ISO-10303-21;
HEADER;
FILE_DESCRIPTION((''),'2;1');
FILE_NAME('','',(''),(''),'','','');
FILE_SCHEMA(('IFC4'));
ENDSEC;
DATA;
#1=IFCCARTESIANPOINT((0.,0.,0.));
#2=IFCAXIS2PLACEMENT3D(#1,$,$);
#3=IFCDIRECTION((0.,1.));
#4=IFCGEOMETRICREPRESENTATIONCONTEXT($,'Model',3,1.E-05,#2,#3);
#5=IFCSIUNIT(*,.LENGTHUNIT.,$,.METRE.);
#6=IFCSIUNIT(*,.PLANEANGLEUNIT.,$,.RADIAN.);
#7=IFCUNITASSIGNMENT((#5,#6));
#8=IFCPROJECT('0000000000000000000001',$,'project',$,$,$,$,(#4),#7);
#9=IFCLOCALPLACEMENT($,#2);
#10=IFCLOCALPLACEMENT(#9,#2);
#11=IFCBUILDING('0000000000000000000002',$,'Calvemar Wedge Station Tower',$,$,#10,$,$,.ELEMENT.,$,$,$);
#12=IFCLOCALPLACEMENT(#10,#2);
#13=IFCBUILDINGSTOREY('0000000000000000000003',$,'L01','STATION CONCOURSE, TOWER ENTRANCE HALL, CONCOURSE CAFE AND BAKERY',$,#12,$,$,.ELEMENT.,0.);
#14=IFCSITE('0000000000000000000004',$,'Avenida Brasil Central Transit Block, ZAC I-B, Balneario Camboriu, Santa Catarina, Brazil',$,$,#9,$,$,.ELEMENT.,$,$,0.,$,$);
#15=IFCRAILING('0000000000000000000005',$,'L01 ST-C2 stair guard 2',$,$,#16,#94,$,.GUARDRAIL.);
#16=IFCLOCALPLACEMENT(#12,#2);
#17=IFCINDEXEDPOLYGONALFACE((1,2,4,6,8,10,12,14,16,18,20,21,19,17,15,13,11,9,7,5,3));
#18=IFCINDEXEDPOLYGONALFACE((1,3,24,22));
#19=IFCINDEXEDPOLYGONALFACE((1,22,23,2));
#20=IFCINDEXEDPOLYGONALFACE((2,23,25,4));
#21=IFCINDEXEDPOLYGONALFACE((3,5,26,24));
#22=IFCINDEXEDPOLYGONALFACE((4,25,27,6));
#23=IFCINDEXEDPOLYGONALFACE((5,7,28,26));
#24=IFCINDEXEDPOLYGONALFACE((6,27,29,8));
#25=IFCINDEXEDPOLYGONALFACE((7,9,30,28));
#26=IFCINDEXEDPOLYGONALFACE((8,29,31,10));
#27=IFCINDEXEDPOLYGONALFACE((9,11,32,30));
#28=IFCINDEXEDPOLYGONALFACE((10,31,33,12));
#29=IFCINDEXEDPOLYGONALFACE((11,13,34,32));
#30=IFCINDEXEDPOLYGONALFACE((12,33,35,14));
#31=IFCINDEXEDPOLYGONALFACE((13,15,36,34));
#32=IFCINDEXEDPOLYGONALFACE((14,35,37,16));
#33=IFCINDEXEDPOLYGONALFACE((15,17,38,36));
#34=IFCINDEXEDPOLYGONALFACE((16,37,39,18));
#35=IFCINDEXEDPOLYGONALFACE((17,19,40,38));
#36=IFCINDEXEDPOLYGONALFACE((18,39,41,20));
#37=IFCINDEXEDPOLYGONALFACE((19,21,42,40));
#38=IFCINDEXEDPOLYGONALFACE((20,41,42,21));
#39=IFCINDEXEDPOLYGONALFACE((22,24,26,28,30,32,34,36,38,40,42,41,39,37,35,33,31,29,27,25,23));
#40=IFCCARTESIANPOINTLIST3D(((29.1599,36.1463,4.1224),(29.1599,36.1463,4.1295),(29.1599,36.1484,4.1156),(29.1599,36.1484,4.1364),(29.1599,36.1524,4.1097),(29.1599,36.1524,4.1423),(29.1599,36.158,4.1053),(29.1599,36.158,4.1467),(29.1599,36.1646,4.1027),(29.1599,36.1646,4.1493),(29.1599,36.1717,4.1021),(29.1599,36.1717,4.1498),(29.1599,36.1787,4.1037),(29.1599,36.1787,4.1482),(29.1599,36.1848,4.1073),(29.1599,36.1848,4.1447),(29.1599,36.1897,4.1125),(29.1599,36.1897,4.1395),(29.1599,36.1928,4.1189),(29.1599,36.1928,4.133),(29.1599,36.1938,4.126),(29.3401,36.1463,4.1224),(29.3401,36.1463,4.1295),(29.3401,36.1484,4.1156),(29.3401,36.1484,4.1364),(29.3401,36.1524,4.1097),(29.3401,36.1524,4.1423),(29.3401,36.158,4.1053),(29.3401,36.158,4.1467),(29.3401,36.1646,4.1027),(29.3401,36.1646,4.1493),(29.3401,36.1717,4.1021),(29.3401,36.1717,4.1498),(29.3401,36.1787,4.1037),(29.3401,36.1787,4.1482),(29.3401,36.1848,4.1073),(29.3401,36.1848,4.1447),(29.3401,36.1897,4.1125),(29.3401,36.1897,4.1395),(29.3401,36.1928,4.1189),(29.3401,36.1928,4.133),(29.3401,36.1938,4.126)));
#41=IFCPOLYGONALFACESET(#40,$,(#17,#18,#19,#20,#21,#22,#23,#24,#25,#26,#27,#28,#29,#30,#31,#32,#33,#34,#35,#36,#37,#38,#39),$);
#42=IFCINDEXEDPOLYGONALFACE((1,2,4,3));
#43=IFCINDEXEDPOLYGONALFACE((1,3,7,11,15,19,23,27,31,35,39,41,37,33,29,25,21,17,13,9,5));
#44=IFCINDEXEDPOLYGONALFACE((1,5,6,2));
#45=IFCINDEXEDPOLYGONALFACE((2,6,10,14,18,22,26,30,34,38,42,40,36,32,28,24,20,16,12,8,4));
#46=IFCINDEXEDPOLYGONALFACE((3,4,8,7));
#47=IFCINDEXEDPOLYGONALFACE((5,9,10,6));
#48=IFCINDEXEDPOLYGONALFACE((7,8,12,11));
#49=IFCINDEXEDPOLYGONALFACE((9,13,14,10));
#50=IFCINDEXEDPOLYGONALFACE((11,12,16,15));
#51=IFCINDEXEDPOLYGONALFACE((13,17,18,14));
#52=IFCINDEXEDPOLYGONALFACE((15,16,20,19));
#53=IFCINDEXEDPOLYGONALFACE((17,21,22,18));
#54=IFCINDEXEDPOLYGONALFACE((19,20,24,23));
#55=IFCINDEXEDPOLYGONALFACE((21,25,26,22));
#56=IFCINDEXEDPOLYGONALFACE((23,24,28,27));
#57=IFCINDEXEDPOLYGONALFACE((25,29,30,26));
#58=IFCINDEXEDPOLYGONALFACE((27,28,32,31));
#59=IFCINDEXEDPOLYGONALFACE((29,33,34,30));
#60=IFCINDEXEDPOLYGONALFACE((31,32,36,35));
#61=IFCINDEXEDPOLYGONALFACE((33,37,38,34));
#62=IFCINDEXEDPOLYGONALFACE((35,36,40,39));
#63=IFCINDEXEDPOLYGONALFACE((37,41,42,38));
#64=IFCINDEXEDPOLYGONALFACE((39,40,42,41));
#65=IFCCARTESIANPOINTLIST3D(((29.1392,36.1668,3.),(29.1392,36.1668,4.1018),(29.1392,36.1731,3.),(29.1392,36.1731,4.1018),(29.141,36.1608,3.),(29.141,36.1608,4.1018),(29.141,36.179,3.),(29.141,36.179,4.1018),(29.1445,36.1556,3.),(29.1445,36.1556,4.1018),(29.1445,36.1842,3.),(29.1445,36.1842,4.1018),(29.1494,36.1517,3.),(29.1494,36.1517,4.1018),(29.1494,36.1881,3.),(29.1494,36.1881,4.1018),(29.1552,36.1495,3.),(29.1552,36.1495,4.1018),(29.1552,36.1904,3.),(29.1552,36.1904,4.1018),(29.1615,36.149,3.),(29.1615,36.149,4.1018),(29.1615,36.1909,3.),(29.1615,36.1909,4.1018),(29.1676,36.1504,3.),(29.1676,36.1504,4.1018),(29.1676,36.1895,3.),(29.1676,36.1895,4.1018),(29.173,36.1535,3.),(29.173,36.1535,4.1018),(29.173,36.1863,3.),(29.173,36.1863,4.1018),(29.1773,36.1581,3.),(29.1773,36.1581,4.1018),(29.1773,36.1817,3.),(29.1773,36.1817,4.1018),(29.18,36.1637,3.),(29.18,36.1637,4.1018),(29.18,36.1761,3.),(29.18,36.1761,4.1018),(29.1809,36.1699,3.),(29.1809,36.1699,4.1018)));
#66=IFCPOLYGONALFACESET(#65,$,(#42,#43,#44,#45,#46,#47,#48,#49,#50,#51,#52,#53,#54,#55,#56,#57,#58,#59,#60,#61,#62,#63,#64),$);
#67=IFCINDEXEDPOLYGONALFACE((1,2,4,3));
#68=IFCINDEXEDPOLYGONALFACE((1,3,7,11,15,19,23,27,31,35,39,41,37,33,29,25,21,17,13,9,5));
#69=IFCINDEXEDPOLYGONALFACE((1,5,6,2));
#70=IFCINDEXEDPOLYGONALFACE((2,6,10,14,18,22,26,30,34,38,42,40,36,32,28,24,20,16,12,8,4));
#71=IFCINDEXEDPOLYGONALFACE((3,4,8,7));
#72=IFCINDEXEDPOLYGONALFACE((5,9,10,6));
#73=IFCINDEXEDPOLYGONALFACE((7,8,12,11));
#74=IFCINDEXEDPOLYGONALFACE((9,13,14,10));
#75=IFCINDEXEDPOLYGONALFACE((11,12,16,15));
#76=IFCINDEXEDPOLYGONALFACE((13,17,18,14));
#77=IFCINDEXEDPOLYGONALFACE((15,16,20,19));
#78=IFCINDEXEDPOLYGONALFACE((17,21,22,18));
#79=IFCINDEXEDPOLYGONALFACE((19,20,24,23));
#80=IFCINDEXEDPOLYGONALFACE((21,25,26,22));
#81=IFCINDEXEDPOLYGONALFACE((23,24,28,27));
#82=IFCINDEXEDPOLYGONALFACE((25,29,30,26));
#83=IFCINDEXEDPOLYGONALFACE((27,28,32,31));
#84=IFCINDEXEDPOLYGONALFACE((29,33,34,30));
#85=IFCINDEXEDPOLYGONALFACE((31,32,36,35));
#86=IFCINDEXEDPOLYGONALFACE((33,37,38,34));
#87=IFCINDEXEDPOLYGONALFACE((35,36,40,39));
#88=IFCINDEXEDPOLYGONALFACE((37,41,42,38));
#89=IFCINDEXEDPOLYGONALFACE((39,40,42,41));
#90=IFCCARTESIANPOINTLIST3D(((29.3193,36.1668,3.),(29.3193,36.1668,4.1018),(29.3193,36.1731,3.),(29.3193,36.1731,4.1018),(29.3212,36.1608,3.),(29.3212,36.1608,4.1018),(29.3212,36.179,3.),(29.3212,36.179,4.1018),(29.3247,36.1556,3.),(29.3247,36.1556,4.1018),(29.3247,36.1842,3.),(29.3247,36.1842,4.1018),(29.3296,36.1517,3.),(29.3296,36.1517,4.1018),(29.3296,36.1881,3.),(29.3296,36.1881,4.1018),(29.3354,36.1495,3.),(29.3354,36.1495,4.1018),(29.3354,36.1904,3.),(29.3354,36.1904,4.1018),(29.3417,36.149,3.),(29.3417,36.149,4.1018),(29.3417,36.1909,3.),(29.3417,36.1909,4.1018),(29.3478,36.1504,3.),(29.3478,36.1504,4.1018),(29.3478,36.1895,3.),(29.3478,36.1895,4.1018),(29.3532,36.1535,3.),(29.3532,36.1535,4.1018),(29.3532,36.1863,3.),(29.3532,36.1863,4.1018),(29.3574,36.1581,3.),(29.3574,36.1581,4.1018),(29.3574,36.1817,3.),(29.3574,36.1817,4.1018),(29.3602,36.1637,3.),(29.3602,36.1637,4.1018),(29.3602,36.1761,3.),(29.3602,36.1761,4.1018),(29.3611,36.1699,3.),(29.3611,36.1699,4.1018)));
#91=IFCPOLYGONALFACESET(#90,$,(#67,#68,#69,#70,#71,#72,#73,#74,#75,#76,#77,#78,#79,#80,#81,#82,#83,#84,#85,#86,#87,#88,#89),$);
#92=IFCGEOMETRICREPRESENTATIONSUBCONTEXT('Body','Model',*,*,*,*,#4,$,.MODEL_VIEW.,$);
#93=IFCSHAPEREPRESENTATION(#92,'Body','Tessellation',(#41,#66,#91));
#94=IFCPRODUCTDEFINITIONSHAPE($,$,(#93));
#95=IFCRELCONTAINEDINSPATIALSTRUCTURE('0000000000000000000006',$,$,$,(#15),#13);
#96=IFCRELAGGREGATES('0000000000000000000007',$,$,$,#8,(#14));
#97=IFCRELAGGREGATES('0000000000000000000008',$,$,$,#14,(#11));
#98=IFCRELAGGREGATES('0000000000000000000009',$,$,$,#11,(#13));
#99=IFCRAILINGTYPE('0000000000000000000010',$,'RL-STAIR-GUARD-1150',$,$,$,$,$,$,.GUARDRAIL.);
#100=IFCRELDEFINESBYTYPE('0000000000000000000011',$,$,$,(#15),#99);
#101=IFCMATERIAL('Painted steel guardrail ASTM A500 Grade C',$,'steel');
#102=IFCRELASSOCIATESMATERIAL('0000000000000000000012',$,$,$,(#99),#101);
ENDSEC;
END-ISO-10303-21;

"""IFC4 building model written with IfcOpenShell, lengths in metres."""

from ifc_helpers import new_model, si_unit, direction, frame, origin, origin_2d, place, context, subcontext, project, spatial, circle, extrude, material, type_object, element, save


model = new_model("IFC4")

# Units and contexts
model_context = context("Model", 3, precision=1e-05, world=origin(), true_north=direction((0.0, 1.0)))
body_context = subcontext(model_context, "Body", "Model", "MODEL_VIEW")
ifc_project = project(units=[si_unit("LENGTHUNIT", "METRE"), si_unit("PLANEANGLEUNIT", "RADIAN")], contexts=[model_context])

# Site, building, storey
site_placement = place(None, origin())
site = spatial("IfcSite", under=ifc_project, at=site_placement, Name="Avenida Brasil Central Transit Block, ZAC I-B, Balneario Camboriu, Santa Catarina, Brazil", CompositionType="ELEMENT", RefElevation=0.0)
building_placement = place(site_placement, origin())
building = spatial("IfcBuilding", under=site, at=building_placement, Name="Calvemar Wedge Station Tower", CompositionType="ELEMENT")
storey_placement = place(building_placement, origin())
storey = spatial("IfcBuildingStorey", under=building, at=storey_placement, Name="L01", Description="STATION CONCOURSE, TOWER ENTRANCE HALL, CONCOURSE CAFE AND BAKERY", CompositionType="ELEMENT", Elevation=0.0)

# Railing
ifc_material_1 = material(Name="Painted steel guardrail ASTM A500 Grade C", Category="steel")
railing_type_1 = type_object("IfcRailingType", Name="RL-STAIR-GUARD-1150", PredefinedType="GUARDRAIL", material=ifc_material_1)
railing_1_placement = place(storey_placement, frame((29.1599, 36.1699, 3.0)))
element("IfcRailing", 1, at=railing_1_placement, inside=storey, type_object=railing_type_1, Name="L01 ST-C2 stair guard 2", PredefinedType="GUARDRAIL", context=body_context, shape_type="SweptSolid", body=[
    extrude(circle(Radius=0.0239, at=origin_2d()), frame((0.0, 0.0, 1.126), z_axis=(1.0, 0.0, 0.0), x_axis=(0.0, 1.0, 0.0)), (0.0, 0.0, 1.0), 0.1802),
    extrude(circle(Radius=0.021, at=origin_2d()), origin(), (0.0, 0.0, 1.0), 1.1018),
    extrude(circle(Radius=0.021, at=origin_2d()), frame((0.1802, 0.0, 0.0)), (0.0, 0.0, 1.0), 1.1018),
])

save(model, "model.ifc")
